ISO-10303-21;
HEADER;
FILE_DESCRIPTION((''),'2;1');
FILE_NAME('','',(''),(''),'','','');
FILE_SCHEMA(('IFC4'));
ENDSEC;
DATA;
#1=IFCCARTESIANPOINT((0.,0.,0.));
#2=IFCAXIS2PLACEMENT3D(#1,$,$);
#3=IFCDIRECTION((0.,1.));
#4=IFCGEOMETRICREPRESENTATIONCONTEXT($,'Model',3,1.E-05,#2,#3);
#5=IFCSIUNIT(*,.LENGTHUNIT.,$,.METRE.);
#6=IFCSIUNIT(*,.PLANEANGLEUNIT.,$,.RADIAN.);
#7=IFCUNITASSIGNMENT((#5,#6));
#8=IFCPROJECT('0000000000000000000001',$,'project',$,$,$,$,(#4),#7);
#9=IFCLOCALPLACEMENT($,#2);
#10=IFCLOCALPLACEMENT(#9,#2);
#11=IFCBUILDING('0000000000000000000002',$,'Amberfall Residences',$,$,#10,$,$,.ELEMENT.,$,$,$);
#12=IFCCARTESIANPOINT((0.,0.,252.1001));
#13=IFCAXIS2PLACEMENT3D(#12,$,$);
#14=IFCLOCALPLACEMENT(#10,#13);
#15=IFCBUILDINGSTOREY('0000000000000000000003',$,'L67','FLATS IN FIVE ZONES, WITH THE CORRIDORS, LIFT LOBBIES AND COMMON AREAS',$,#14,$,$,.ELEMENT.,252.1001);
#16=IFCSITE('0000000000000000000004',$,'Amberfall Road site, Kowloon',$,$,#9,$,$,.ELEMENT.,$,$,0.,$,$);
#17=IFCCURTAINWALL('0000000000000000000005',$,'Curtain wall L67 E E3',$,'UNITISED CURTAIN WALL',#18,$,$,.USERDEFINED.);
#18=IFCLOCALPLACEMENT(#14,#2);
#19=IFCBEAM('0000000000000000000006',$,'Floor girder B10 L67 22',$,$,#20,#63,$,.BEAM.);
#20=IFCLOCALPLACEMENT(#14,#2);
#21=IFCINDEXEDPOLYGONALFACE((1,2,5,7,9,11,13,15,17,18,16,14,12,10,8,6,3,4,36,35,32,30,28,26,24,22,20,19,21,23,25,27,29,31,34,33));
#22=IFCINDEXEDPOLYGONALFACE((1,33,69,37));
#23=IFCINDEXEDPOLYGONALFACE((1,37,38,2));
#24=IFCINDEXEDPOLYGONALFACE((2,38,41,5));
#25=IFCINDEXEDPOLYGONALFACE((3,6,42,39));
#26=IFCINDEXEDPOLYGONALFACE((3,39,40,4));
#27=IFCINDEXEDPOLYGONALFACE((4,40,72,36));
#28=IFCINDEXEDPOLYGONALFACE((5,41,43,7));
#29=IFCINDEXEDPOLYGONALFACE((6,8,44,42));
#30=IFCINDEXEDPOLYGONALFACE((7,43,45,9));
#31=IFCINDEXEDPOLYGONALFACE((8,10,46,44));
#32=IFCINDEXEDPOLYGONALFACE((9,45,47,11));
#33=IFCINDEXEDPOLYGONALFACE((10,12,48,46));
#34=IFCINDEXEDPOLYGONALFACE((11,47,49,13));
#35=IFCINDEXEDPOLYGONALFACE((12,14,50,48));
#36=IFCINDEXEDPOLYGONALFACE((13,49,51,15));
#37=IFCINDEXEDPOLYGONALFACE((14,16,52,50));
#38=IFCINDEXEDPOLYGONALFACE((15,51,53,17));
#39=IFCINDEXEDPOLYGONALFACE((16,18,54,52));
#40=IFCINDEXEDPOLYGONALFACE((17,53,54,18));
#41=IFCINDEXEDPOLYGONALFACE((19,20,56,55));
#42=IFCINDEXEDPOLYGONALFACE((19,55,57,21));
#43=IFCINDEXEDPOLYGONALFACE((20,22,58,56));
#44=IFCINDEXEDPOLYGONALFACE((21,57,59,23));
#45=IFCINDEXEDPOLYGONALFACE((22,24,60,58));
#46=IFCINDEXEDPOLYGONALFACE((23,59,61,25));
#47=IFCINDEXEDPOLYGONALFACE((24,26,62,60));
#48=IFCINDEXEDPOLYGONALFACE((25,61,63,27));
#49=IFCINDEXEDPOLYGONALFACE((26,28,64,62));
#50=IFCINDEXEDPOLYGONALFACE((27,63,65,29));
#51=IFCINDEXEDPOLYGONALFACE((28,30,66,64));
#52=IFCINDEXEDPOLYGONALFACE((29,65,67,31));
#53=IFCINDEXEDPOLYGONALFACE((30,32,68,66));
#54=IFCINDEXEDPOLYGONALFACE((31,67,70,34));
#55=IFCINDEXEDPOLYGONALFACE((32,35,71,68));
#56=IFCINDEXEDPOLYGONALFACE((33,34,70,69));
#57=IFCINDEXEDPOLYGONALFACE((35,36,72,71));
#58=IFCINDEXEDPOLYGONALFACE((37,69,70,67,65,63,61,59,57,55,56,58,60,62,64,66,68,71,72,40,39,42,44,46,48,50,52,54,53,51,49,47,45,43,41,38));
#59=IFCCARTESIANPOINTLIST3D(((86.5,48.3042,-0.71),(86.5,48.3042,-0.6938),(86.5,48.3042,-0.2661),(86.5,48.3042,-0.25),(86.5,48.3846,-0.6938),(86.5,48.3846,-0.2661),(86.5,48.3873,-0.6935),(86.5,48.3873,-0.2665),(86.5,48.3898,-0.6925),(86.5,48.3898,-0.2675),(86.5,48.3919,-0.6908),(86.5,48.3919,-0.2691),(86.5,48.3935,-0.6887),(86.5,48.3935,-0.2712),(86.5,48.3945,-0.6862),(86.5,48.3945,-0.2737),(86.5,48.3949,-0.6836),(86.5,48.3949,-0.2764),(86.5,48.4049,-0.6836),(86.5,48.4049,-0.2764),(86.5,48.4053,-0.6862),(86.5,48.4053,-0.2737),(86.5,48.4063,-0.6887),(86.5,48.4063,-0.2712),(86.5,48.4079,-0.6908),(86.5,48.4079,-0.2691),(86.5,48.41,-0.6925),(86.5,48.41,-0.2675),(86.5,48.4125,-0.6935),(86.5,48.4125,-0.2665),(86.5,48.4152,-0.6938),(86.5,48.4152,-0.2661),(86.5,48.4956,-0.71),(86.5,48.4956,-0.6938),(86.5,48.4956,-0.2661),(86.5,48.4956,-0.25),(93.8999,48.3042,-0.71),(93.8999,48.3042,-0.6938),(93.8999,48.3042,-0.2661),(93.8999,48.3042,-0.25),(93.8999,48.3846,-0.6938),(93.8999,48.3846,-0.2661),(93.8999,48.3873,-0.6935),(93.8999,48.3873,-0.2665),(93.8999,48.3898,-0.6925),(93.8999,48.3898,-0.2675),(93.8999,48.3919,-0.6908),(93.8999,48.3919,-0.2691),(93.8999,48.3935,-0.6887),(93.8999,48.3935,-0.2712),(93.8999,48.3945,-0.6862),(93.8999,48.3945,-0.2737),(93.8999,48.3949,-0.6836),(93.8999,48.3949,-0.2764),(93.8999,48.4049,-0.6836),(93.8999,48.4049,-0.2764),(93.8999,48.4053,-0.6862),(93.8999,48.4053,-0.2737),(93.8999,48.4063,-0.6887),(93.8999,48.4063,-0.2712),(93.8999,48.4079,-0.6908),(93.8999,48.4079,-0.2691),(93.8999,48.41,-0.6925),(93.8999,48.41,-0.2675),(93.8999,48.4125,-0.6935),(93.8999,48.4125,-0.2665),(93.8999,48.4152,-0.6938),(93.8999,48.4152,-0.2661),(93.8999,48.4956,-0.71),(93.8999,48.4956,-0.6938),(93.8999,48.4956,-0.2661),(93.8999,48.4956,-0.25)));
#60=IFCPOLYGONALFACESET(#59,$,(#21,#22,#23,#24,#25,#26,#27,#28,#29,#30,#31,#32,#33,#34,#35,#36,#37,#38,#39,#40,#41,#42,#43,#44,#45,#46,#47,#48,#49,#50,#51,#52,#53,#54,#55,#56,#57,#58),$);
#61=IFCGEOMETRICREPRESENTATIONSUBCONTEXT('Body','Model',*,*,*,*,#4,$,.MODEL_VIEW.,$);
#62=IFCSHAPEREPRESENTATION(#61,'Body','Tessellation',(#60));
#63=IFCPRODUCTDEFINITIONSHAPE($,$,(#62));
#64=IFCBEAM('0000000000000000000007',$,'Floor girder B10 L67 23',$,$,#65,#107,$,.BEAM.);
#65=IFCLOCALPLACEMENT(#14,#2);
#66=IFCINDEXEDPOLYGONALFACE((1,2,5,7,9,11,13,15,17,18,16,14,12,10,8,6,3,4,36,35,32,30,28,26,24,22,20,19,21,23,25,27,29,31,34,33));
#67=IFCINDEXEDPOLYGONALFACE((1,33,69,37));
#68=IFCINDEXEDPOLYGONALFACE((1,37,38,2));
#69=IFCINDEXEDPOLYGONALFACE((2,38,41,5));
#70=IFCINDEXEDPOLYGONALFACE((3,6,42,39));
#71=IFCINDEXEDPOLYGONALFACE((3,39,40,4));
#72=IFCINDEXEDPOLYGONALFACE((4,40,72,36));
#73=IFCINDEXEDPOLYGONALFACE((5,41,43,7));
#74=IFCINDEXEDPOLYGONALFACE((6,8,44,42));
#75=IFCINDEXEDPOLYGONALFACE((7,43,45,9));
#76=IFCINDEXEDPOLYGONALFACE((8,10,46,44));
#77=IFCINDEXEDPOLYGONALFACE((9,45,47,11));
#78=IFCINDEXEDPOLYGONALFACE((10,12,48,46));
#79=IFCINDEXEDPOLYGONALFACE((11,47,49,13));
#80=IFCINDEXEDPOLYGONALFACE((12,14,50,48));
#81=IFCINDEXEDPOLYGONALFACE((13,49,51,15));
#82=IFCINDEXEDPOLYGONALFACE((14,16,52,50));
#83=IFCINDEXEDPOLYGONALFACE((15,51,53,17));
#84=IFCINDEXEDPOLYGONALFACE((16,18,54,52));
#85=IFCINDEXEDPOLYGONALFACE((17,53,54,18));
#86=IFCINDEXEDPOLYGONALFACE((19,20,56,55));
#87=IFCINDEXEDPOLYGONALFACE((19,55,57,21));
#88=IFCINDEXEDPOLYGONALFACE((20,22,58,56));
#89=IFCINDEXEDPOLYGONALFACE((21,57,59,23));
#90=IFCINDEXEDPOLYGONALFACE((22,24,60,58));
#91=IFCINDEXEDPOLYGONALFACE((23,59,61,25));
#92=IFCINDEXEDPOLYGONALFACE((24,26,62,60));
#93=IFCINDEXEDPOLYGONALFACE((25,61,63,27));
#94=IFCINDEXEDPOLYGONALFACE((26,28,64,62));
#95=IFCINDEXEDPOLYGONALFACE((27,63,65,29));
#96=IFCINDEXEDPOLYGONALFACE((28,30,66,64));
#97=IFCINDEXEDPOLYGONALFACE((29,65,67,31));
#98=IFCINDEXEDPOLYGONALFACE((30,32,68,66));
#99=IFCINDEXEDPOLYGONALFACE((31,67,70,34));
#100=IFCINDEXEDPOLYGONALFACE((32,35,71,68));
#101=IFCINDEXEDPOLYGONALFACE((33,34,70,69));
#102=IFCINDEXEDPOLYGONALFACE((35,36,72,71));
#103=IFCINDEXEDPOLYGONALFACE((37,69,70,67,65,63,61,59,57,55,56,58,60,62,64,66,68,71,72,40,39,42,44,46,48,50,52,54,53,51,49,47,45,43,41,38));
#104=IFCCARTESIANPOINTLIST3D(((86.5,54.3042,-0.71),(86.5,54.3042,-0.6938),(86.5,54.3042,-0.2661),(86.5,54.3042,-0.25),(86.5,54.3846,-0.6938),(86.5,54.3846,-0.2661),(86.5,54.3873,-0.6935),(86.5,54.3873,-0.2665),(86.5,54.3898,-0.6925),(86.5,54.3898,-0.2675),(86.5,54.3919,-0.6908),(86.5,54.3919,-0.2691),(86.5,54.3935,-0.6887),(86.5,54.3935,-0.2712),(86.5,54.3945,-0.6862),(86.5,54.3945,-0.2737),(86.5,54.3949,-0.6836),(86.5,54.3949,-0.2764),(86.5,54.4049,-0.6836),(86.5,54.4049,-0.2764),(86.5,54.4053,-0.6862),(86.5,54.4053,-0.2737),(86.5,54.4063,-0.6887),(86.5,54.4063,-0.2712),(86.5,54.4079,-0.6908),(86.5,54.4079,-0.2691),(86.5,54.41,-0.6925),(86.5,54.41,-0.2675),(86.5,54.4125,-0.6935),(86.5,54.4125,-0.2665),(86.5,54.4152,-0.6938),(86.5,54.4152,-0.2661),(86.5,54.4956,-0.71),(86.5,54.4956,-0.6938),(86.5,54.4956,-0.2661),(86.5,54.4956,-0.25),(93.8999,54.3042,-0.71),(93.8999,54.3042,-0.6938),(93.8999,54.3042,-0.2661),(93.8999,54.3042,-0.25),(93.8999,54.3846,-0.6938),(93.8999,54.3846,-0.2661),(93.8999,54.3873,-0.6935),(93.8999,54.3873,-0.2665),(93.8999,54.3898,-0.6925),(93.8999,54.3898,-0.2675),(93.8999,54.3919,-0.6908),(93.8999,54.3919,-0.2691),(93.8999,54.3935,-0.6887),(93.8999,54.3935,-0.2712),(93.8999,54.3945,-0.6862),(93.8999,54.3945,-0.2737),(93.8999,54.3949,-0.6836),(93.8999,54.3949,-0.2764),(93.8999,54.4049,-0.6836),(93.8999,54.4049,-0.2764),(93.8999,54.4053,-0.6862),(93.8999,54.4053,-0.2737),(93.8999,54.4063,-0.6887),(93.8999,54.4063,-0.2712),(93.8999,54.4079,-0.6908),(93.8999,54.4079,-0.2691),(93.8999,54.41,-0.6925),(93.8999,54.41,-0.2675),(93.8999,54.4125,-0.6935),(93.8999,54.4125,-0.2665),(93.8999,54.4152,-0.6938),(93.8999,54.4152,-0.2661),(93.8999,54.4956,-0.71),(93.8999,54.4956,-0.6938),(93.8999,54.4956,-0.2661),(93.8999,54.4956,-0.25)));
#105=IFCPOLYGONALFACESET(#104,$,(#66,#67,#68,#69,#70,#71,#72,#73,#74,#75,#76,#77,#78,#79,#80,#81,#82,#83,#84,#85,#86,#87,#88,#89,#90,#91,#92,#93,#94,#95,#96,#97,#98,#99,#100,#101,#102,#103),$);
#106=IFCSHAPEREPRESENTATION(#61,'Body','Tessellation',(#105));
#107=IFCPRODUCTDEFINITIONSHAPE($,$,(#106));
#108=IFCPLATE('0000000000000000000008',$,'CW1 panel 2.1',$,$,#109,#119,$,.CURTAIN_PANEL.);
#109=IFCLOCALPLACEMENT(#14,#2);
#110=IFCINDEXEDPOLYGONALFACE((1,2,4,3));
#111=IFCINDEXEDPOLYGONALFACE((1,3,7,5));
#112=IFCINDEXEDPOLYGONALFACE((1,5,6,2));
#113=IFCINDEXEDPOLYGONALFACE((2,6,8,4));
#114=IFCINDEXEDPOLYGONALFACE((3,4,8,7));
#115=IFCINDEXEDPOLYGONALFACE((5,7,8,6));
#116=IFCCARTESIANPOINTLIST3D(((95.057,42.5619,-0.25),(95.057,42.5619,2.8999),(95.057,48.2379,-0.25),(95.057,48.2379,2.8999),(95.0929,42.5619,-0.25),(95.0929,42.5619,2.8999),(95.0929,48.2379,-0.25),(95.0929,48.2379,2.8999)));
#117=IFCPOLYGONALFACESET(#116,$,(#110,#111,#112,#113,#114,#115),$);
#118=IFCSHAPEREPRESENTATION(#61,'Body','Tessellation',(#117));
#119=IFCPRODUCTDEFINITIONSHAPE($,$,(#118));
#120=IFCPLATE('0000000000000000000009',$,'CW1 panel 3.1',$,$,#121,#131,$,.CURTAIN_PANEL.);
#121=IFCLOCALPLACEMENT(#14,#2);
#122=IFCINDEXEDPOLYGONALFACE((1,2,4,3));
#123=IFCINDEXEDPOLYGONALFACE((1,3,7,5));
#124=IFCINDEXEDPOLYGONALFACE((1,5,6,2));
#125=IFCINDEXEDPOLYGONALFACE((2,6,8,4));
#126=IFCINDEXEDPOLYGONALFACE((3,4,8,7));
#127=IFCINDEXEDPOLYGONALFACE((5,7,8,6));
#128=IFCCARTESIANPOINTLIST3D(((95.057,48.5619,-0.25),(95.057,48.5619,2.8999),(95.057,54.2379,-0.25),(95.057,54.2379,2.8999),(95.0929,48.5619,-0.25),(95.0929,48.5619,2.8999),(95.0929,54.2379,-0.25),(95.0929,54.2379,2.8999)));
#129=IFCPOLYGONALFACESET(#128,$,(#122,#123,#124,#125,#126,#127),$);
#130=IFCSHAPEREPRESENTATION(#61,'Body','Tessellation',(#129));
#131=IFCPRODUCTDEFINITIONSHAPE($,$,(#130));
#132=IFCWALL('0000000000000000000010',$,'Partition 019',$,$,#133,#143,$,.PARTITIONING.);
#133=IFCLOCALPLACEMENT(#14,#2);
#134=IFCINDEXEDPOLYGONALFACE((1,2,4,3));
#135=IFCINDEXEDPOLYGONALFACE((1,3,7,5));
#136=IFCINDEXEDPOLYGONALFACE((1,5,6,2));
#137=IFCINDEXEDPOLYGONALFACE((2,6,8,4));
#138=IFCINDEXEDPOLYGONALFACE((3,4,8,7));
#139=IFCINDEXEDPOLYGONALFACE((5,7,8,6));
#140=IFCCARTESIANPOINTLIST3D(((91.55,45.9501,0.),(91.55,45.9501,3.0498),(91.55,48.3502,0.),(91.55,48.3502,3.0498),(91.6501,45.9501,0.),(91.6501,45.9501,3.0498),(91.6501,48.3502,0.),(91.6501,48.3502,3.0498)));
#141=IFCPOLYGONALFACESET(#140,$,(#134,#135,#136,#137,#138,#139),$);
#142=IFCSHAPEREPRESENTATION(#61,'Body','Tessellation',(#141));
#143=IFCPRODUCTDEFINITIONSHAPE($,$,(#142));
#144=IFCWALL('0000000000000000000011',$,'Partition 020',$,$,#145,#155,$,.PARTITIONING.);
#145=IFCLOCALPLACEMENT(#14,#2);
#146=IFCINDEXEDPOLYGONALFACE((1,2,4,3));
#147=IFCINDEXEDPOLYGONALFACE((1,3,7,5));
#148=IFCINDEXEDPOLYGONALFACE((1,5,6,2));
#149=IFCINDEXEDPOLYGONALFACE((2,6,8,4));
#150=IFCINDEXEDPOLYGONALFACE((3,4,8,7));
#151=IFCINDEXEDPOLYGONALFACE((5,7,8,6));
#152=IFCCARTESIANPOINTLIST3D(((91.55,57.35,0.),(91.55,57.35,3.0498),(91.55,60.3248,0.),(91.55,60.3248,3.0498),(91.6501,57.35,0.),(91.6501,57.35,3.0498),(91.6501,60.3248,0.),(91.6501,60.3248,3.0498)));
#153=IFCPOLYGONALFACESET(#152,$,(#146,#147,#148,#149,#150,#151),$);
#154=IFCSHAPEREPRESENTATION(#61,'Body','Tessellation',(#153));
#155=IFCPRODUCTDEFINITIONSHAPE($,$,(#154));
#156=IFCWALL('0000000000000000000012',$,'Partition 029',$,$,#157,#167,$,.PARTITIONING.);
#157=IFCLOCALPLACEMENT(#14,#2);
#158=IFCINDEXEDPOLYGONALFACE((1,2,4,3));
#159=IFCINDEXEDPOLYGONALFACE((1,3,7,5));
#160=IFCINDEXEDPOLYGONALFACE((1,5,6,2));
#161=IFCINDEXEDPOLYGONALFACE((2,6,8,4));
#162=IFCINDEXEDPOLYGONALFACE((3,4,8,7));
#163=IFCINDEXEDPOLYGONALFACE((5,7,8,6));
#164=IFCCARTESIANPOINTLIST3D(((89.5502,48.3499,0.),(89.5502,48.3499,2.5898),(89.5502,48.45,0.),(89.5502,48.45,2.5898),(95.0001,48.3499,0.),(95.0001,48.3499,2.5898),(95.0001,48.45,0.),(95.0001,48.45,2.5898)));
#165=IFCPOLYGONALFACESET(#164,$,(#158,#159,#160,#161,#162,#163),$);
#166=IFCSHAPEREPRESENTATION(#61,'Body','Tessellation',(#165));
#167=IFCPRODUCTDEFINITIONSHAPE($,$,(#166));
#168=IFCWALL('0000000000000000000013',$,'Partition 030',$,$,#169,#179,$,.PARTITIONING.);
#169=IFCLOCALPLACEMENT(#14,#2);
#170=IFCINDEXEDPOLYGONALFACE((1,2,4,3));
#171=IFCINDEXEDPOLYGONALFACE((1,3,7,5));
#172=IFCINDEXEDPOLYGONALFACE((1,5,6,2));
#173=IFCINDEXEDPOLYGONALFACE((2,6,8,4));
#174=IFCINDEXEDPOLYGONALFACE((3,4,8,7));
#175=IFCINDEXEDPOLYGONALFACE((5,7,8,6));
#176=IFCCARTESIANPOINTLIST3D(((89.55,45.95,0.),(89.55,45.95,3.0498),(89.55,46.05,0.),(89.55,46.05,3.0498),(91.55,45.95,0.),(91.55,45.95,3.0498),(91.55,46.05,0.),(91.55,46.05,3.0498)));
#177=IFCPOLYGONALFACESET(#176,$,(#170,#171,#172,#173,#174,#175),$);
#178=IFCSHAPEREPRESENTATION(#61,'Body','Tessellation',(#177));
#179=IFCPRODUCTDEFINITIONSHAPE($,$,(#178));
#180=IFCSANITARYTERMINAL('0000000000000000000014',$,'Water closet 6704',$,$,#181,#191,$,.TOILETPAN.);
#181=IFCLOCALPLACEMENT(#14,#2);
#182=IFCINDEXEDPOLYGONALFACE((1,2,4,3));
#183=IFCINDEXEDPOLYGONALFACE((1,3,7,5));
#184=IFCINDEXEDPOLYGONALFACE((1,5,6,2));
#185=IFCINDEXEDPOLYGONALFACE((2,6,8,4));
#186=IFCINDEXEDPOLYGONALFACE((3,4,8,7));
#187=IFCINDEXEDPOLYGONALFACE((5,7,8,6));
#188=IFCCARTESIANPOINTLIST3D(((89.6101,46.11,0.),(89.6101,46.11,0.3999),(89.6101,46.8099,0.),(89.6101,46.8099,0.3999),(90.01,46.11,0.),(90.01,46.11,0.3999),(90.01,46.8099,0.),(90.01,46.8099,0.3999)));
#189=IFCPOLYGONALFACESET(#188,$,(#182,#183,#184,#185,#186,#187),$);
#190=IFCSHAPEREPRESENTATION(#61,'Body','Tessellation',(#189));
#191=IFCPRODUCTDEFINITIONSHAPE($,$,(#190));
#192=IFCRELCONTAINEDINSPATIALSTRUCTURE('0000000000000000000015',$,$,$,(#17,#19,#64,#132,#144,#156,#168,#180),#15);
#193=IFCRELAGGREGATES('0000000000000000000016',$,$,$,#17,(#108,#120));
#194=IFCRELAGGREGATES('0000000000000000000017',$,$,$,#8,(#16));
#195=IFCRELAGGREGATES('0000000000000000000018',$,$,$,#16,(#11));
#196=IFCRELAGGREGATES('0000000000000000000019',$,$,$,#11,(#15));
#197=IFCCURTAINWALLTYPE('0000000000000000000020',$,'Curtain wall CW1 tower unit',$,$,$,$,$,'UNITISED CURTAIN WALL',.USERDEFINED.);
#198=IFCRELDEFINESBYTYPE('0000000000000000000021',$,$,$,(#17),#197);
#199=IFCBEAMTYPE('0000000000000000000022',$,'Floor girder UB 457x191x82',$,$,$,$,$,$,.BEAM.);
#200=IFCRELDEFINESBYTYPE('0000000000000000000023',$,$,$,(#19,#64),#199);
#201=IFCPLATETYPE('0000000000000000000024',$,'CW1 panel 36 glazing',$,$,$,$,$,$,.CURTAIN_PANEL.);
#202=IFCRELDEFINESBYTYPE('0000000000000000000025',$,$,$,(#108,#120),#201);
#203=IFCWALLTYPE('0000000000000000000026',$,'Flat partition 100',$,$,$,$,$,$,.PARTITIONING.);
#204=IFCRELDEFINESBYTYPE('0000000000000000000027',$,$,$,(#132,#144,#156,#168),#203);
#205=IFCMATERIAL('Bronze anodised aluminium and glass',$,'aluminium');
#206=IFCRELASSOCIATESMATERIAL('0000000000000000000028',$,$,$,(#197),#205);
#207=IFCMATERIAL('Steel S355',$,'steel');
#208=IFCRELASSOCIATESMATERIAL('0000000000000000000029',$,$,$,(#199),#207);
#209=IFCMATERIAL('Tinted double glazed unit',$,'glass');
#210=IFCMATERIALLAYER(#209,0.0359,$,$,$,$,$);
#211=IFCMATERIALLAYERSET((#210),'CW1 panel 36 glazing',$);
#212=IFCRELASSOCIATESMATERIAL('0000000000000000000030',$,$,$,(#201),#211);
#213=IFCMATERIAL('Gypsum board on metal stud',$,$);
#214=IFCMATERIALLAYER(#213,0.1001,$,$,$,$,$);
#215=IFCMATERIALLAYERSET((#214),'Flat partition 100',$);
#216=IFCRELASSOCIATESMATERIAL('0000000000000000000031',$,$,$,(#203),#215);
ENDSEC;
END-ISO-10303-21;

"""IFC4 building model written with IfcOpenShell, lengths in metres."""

from ifc_helpers import new_model, si_unit, direction, frame, frame_2d, origin, origin_2d, place, context, subcontext, project, spatial, rectangle, i_section, extrude, material, layer, layer_set, material_profile, profile_set, type_object, element, aggregate, save


model = new_model("IFC4")

# Units and contexts
model_context = context("Model", 3, precision=1e-05, world=origin(), true_north=direction((0.0, 1.0)))
body_context = subcontext(model_context, "Body", "Model", "MODEL_VIEW")
ifc_project = project(units=[si_unit("LENGTHUNIT", "METRE"), si_unit("PLANEANGLEUNIT", "RADIAN")], contexts=[model_context])

# Site, building, storey
site_placement = place(None, origin())
site = spatial("IfcSite", under=ifc_project, at=site_placement, Name="Amberfall Road site, Kowloon", CompositionType="ELEMENT", RefElevation=0.0)
building_placement = place(site_placement, origin())
building = spatial("IfcBuilding", under=site, at=building_placement, Name="Amberfall Residences", CompositionType="ELEMENT")
storey_placement = place(building_placement, frame((0.0, 0.0, 252.1001)))
storey = spatial("IfcBuildingStorey", under=building, at=storey_placement, Name="L67", Description="FLATS IN FIVE ZONES, WITH THE CORRIDORS, LIFT LOBBIES AND COMMON AREAS", CompositionType="ELEMENT", Elevation=252.1001)

# Curtain wall
ifc_material_1 = material(Name="Bronze anodised aluminium and glass", Category="aluminium")
curtain_wall_type = type_object("IfcCurtainWallType", Name="Curtain wall CW1 tower unit", ElementType="UNITISED CURTAIN WALL", PredefinedType="USERDEFINED", material=ifc_material_1)
curtain_wall_placement = place(storey_placement, origin())
curtain_wall = element("IfcCurtainWall", 1, at=curtain_wall_placement, inside=storey, type_object=curtain_wall_type, Name="Curtain wall L67 E E3", ObjectType="UNITISED CURTAIN WALL", PredefinedType="USERDEFINED")

# Shared definitions
ifc_material_2 = material(Name="Steel S355", Category="steel")

# Beams
ifc_material_profile_1 = material_profile(ifc_material_2, i_section(OverallWidth=0.1914, OverallDepth=0.46, WebThickness=0.01, FlangeThickness=0.0161, FilletRadius=0.0103, at=origin_2d()), Name="UB 457x191x82")
ifc_profile_set_1 = profile_set([ifc_material_profile_1], Name="Steel S355")
beam_type_1 = type_object("IfcBeamType", Name="Floor girder UB 457x191x82", PredefinedType="BEAM", material=ifc_profile_set_1)
for number, where, z_axis, x_axis, name in (
    (2, (93.8999, 48.3999, -0.48), (-1.0, 0.0, 0.0), (0.0, -1.0, 0.0), "Floor girder B10 L67 22"),
    (3, (93.8999, 54.3999, -0.48), (-1.0, 0.0, 0.0), (0.0, -1.0, 0.0), "Floor girder B10 L67 23"),
):
    element("IfcBeam", number, at=place(storey_placement, frame(where, z_axis=z_axis, x_axis=x_axis)), inside=storey, type_object=beam_type_1, Name=name, PredefinedType="BEAM", context=body_context, shape_type="SweptSolid", body=[
        extrude(i_section(OverallWidth=0.1914, OverallDepth=0.46, WebThickness=0.01, FlangeThickness=0.0161, FilletRadius=0.0103, at=origin_2d()), origin(), (0.0, 0.0, 1.0), 7.3999),
    ])

# Plates
ifc_material_3 = material(Name="Tinted double glazed unit", Category="glass")
ifc_layer_1 = layer(ifc_material_3, 0.0359)
ifc_layer_set_1 = layer_set([ifc_layer_1], Name="CW1 panel 36 glazing")
plate_type = type_object("IfcPlateType", Name="CW1 panel 36 glazing", PredefinedType="CURTAIN_PANEL", material=ifc_layer_set_1)
plate_1_placement = place(storey_placement, frame((95.075, 45.3999, -0.25), z_axis=(0.0, 0.0, 1.0), x_axis=(0.0, 1.0, 0.0)))
plate_1 = element("IfcPlate", 4, at=plate_1_placement, type_object=plate_type, Name="CW1 panel 2.1", PredefinedType="CURTAIN_PANEL", context=body_context, shape_type="SweptSolid", body=[
    extrude(rectangle(XDim=5.676, YDim=0.0359, at=origin_2d()), origin(), (0.0, 0.0, 1.0), 3.1499),
])
plate_2_placement = place(storey_placement, frame((95.075, 51.3999, -0.25), z_axis=(0.0, 0.0, 1.0), x_axis=(0.0, 1.0, 0.0)))
plate_2 = element("IfcPlate", 5, at=plate_2_placement, type_object=plate_type, Name="CW1 panel 3.1", PredefinedType="CURTAIN_PANEL", context=body_context, shape_type="SweptSolid", body=[
    extrude(rectangle(XDim=5.676, YDim=0.0359, at=origin_2d()), origin(), (0.0, 0.0, 1.0), 3.1499),
])
aggregate(curtain_wall, [plate_1, plate_2])

# Walls
ifc_material_4 = material(Name="Gypsum board on metal stud")
ifc_layer_2 = layer(ifc_material_4, 0.1001)
ifc_layer_set_2 = layer_set([ifc_layer_2], Name="Flat partition 100")
wall_type = type_object("IfcWallType", Name="Flat partition 100", PredefinedType="PARTITIONING", material=ifc_layer_set_2)
wall_1_placement = place(storey_placement, frame((91.6001, 45.95, 0.0), z_axis=(0.0, 0.0, 1.0), x_axis=(0.0, 1.0, 0.0)))
element("IfcWall", 6, at=wall_1_placement, inside=storey, type_object=wall_type, Name="Partition 019", PredefinedType="PARTITIONING", context=body_context, shape_type="SweptSolid", body=[
    extrude(rectangle(XDim=2.4001, YDim=0.1001, at=frame_2d((1.2002, 0.0))), origin(), (0.0, 0.0, 1.0), 3.0498),
])
wall_2_placement = place(storey_placement, frame((91.6001, 57.3501, 0.0), z_axis=(0.0, 0.0, 1.0), x_axis=(0.0, 1.0, 0.0)))
element("IfcWall", 7, at=wall_2_placement, inside=storey, type_object=wall_type, Name="Partition 020", PredefinedType="PARTITIONING", context=body_context, shape_type="SweptSolid", body=[
    extrude(rectangle(XDim=2.9749, YDim=0.1001, at=frame_2d((1.4873, 0.0))), origin(), (0.0, 0.0, 1.0), 3.0498),
])
wall_3_placement = place(storey_placement, frame((89.55, 48.3999, 0.0), z_axis=(0.0, 0.0, 1.0), x_axis=(1.0, 0.0, 0.0)))
element("IfcWall", 8, at=wall_3_placement, inside=storey, type_object=wall_type, Name="Partition 029", PredefinedType="PARTITIONING", context=body_context, shape_type="SweptSolid", body=[
    extrude(rectangle(XDim=5.45, YDim=0.1001, at=frame_2d((2.7251, 0.0))), origin(), (0.0, 0.0, 1.0), 2.5898),
])
wall_4_placement = place(storey_placement, frame((89.55, 46.0, 0.0), z_axis=(0.0, 0.0, 1.0), x_axis=(1.0, 0.0, 0.0)))
element("IfcWall", 9, at=wall_4_placement, inside=storey, type_object=wall_type, Name="Partition 030", PredefinedType="PARTITIONING", context=body_context, shape_type="SweptSolid", body=[
    extrude(rectangle(XDim=2.0, YDim=0.1001, at=frame_2d((1.0, 0.0))), origin(), (0.0, 0.0, 1.0), 3.0498),
])

# Sanitary terminal
sanitary_terminal_1_placement = place(storey_placement, frame((89.8101, 46.46, 0.0), z_axis=(0.0, 0.0, 1.0), x_axis=(1.0, 0.0, 0.0)))
element("IfcSanitaryTerminal", 10, at=sanitary_terminal_1_placement, inside=storey, Name="Water closet 6704", PredefinedType="TOILETPAN", context=body_context, shape_type="SweptSolid", body=[
    extrude(rectangle(XDim=0.3999, YDim=0.7, at=origin_2d()), origin(), (0.0, 0.0, 1.0), 0.3999),
])

save(model, "model.ifc")
